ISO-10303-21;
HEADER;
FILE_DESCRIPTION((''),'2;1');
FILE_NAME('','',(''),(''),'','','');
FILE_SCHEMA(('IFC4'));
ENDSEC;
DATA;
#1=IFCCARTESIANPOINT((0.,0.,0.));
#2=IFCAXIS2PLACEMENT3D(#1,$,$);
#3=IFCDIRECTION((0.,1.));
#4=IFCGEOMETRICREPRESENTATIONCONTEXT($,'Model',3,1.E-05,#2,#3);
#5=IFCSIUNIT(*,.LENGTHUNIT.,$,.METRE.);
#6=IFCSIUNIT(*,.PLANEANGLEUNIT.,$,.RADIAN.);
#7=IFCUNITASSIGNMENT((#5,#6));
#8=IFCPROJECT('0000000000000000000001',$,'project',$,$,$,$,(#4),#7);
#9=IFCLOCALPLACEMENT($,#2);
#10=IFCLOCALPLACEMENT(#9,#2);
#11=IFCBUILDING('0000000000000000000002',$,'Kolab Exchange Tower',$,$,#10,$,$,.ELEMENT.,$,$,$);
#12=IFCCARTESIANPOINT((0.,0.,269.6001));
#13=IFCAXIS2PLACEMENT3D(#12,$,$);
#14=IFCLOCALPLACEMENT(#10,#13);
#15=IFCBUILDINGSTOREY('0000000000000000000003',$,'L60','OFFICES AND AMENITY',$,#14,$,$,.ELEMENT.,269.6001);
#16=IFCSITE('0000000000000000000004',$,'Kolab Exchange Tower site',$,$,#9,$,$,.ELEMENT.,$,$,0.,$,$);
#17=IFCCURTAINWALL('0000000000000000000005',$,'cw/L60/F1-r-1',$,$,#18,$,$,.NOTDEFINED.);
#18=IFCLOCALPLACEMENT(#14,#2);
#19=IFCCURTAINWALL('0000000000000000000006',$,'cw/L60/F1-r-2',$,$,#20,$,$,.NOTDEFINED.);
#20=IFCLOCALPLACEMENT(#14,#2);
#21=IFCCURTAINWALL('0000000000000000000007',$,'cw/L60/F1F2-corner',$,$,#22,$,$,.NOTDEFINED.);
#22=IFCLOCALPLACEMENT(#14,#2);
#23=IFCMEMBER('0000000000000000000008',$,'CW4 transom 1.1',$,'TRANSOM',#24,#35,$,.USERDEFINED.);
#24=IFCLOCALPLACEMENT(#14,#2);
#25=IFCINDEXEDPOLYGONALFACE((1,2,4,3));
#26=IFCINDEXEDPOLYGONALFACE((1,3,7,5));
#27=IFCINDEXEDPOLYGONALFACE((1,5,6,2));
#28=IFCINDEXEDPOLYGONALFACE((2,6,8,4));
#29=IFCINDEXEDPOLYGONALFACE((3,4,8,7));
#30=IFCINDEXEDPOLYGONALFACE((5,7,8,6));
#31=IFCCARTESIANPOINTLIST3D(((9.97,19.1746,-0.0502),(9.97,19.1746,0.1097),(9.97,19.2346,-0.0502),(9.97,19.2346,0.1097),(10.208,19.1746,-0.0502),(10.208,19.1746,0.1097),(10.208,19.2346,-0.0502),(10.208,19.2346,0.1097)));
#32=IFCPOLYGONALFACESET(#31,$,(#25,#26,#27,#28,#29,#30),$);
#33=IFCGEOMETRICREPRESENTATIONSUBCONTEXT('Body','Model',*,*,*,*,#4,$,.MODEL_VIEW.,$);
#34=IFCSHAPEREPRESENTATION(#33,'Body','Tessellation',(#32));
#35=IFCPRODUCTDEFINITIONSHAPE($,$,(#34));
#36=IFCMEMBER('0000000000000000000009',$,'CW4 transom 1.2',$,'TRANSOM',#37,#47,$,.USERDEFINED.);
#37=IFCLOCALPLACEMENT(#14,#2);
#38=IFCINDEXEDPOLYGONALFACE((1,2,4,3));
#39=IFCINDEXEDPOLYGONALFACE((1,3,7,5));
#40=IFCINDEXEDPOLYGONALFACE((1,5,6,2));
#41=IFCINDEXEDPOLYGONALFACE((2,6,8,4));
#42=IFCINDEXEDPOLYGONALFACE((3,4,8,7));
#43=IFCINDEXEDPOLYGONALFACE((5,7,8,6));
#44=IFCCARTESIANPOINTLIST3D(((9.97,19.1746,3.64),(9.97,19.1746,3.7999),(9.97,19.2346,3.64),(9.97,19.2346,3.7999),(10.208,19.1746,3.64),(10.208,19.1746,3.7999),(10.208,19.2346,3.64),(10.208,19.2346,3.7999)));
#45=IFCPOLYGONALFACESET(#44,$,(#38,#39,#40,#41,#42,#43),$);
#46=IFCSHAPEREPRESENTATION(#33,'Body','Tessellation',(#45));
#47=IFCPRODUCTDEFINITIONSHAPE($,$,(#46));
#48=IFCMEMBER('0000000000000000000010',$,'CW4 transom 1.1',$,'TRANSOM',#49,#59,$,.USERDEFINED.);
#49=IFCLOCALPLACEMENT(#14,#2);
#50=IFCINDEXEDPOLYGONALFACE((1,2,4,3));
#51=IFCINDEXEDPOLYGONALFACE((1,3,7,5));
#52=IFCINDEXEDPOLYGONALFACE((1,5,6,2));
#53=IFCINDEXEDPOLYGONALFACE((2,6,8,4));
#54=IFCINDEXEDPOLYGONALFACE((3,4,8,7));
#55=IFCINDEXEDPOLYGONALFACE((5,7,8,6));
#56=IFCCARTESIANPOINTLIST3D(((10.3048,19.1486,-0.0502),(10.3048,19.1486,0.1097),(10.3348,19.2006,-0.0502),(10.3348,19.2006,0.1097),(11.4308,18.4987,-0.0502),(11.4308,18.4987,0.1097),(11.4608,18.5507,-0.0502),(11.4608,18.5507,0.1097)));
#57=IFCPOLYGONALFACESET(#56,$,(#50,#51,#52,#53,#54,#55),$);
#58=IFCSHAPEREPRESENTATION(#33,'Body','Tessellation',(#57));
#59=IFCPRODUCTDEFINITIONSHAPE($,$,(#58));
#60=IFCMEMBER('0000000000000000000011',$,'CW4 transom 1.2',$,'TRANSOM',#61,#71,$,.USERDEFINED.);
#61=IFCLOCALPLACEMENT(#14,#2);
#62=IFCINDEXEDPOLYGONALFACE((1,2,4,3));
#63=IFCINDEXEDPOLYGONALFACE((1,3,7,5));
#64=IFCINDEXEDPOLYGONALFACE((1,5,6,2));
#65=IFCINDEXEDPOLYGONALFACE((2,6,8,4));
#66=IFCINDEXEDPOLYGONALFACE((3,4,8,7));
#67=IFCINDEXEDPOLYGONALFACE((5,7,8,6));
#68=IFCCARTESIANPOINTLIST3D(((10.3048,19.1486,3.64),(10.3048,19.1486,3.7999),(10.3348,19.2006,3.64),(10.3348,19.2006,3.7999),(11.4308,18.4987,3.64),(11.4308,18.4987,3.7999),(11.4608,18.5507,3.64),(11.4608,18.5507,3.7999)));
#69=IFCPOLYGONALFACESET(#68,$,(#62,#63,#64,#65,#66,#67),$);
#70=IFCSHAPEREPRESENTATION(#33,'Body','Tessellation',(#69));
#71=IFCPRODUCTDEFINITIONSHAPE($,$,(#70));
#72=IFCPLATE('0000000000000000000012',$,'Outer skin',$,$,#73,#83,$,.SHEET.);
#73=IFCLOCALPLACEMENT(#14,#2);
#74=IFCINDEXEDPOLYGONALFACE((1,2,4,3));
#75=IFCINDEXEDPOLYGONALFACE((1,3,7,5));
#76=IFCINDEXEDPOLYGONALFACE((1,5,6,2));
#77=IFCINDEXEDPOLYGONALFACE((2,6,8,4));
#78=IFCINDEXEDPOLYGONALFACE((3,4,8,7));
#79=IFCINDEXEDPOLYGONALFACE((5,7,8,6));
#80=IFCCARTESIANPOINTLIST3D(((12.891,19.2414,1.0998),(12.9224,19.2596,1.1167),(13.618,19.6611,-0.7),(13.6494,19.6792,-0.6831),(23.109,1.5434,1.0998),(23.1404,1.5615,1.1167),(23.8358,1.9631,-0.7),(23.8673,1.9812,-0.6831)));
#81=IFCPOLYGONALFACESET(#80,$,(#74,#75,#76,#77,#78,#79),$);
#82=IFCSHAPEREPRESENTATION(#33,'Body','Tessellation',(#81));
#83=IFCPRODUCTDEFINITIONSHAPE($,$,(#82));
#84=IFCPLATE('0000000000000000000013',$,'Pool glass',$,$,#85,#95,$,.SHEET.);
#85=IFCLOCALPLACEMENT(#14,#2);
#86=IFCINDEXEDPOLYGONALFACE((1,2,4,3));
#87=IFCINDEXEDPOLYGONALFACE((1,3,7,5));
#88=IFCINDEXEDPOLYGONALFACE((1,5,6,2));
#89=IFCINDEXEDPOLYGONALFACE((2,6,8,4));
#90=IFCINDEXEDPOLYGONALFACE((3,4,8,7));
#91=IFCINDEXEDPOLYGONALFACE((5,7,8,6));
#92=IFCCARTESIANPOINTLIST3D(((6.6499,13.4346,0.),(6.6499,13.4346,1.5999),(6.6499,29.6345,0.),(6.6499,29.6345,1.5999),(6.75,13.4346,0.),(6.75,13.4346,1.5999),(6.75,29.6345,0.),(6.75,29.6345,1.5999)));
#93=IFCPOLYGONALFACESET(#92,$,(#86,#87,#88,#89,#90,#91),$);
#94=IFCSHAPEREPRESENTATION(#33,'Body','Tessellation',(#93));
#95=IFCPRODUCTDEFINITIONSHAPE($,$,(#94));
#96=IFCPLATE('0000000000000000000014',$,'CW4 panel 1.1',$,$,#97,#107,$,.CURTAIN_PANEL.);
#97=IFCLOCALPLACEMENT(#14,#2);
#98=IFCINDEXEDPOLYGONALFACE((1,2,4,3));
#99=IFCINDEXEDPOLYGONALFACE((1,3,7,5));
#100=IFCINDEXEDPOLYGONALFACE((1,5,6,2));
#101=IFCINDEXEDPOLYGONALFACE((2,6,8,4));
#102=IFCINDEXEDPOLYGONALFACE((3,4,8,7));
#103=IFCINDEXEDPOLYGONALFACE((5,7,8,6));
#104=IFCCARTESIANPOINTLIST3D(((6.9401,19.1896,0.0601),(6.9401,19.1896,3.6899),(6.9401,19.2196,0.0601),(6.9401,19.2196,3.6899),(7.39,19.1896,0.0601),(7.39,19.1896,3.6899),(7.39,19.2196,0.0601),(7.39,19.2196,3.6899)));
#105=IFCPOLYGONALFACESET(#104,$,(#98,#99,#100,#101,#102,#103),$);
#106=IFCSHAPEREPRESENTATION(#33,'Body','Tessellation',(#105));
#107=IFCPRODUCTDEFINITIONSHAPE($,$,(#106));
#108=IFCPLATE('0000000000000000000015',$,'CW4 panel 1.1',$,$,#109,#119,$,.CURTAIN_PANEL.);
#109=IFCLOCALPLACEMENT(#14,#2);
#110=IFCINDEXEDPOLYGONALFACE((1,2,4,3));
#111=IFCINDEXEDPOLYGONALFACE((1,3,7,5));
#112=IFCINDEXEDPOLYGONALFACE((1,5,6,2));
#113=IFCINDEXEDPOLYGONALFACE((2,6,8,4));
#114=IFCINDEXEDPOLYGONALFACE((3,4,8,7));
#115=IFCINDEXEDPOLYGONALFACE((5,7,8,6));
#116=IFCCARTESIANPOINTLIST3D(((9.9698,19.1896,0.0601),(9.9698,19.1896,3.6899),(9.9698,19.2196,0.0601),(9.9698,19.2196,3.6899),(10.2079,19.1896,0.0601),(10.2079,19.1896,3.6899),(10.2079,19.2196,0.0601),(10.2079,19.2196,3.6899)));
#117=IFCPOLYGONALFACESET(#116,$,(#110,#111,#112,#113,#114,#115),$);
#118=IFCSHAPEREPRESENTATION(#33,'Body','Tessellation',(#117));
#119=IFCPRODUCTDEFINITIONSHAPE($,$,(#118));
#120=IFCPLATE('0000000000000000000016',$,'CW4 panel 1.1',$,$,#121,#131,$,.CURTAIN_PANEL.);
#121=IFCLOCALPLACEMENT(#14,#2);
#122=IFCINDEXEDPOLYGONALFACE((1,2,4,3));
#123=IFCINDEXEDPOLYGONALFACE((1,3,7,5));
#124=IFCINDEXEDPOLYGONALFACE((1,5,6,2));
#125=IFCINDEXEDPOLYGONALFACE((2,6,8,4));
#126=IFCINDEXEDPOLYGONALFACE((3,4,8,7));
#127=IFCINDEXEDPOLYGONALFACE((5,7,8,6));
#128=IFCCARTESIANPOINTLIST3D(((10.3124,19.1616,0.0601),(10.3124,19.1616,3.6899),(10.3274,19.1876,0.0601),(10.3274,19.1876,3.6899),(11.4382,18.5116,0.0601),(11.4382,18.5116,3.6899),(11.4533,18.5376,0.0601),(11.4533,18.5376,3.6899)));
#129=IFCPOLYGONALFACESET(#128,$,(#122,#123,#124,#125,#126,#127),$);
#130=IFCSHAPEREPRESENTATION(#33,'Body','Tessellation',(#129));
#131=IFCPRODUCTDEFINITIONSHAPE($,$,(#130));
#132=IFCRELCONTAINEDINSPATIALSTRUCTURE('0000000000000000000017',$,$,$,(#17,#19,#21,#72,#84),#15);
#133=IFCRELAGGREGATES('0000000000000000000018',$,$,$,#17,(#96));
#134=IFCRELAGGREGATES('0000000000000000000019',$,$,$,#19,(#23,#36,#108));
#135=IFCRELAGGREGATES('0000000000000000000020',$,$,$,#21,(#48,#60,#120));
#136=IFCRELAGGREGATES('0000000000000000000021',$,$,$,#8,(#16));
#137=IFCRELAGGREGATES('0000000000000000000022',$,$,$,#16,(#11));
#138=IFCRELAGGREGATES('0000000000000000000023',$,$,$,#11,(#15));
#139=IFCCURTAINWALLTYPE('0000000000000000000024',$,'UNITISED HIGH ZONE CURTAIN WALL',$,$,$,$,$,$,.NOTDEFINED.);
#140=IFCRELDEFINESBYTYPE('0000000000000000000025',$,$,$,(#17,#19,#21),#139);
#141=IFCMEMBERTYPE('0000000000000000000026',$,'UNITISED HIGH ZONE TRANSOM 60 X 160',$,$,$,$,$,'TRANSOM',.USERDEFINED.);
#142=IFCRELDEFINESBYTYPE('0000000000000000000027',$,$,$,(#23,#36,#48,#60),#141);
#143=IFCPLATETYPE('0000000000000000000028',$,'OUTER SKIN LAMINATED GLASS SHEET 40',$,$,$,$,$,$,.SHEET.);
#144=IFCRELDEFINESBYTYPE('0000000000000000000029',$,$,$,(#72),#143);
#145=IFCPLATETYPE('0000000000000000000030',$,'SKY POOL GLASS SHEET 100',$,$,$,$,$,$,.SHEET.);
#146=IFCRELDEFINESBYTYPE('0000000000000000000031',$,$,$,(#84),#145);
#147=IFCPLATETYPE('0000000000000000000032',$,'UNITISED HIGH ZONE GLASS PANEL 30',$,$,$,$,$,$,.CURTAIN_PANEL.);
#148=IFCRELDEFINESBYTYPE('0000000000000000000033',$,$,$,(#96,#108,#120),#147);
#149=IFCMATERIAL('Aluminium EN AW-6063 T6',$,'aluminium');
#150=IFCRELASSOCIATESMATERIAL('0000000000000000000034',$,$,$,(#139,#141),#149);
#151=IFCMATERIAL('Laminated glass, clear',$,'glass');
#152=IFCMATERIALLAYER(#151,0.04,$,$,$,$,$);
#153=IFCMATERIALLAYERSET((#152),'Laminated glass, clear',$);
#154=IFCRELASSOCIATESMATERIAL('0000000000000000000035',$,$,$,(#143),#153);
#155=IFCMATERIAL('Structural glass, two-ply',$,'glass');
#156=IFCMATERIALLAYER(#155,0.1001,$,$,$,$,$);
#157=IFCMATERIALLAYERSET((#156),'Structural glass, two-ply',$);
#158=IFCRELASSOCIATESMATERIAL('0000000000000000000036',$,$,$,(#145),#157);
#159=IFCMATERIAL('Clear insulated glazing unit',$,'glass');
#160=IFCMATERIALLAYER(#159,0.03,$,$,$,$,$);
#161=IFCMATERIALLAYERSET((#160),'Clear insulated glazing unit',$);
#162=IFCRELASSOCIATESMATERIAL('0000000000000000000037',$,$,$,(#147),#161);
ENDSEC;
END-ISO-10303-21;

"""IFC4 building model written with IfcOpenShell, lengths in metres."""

from ifc_helpers import new_model, si_unit, direction, frame, origin, origin_2d, place, context, subcontext, project, spatial, polyline, rectangle, outline, extrude, material, layer, layer_set, material_profile, profile_set, type_object, element, aggregate, save


model = new_model("IFC4")

# Units and contexts
model_context = context("Model", 3, precision=1e-05, world=origin(), true_north=direction((0.0, 1.0)))
body_context = subcontext(model_context, "Body", "Model", "MODEL_VIEW")
ifc_project = project(units=[si_unit("LENGTHUNIT", "METRE"), si_unit("PLANEANGLEUNIT", "RADIAN")], contexts=[model_context])

# Site, building, storey
site_placement = place(None, origin())
site = spatial("IfcSite", under=ifc_project, at=site_placement, Name="Kolab Exchange Tower site", CompositionType="ELEMENT", RefElevation=0.0)
building_placement = place(site_placement, origin())
building = spatial("IfcBuilding", under=site, at=building_placement, Name="Kolab Exchange Tower", CompositionType="ELEMENT")
storey_placement = place(building_placement, frame((0.0, 0.0, 269.6001)))
storey = spatial("IfcBuildingStorey", under=building, at=storey_placement, Name="L60", Description="OFFICES AND AMENITY", CompositionType="ELEMENT", Elevation=269.6001)

# Shared definitions
ifc_material_1 = material(Name="Aluminium EN AW-6063 T6", Category="aluminium")
curtain_wall_type = type_object("IfcCurtainWallType", Name="UNITISED HIGH ZONE CURTAIN WALL", PredefinedType="NOTDEFINED", material=ifc_material_1)

# Curtain walls
curtain_wall_1_placement = place(storey_placement, origin())
curtain_wall_1 = element("IfcCurtainWall", 1, at=curtain_wall_1_placement, inside=storey, type_object=curtain_wall_type, Name="cw/L60/F1-r-1", PredefinedType="NOTDEFINED")
curtain_wall_2_placement = place(storey_placement, origin())
curtain_wall_2 = element("IfcCurtainWall", 2, at=curtain_wall_2_placement, inside=storey, type_object=curtain_wall_type, Name="cw/L60/F1-r-2", PredefinedType="NOTDEFINED")
curtain_wall_3_placement = place(storey_placement, origin())
curtain_wall_3 = element("IfcCurtainWall", 3, at=curtain_wall_3_placement, inside=storey, type_object=curtain_wall_type, Name="cw/L60/F1F2-corner", PredefinedType="NOTDEFINED")

# Members
ifc_material_profile_1 = material_profile(ifc_material_1, rectangle(XDim=0.0601, YDim=0.1599, at=origin_2d()), Name="RECT 60X160")
ifc_profile_set_1 = profile_set([ifc_material_profile_1], Name="Aluminium EN AW-6063 T6")
member_type_1 = type_object("IfcMemberType", Name="UNITISED HIGH ZONE TRANSOM 60 X 160", ElementType="TRANSOM", PredefinedType="USERDEFINED", material=ifc_profile_set_1)
member_1_placement = place(storey_placement, frame((9.97, 19.2046, 0.0298), z_axis=(1.0, 0.0, 0.0), x_axis=(0.0, 1.0, 0.0)))
member_1 = element("IfcMember", 4, at=member_1_placement, type_object=member_type_1, Name="CW4 transom 1.1", ObjectType="TRANSOM", PredefinedType="USERDEFINED", context=body_context, shape_type="SweptSolid", body=[
    extrude(rectangle(XDim=0.0601, YDim=0.1599, at=origin_2d()), origin(), (0.0, 0.0, 1.0), 0.238),
])
member_2_placement = place(storey_placement, frame((9.97, 19.2046, 3.72), z_axis=(1.0, 0.0, 0.0), x_axis=(0.0, 1.0, 0.0)))
member_2 = element("IfcMember", 5, at=member_2_placement, type_object=member_type_1, Name="CW4 transom 1.2", ObjectType="TRANSOM", PredefinedType="USERDEFINED", context=body_context, shape_type="SweptSolid", body=[
    extrude(rectangle(XDim=0.0601, YDim=0.1599, at=origin_2d()), origin(), (0.0, 0.0, 1.0), 0.238),
])
member_3_placement = place(storey_placement, frame((10.3198, 19.1746, 0.0298), z_axis=(0.866086, -0.499896, 0.0), x_axis=(0.499896, 0.866086, 0.0)))
member_3 = element("IfcMember", 6, at=member_3_placement, type_object=member_type_1, Name="CW4 transom 1.1", ObjectType="TRANSOM", PredefinedType="USERDEFINED", context=body_context, shape_type="SweptSolid", body=[
    extrude(rectangle(XDim=0.0601, YDim=0.1599, at=origin_2d()), origin(), (0.0, 0.0, 1.0), 1.3),
])
member_4_placement = place(storey_placement, frame((10.3198, 19.1746, 3.72), z_axis=(0.866086, -0.499896, 0.0), x_axis=(0.499896, 0.866086, 0.0)))
member_4 = element("IfcMember", 7, at=member_4_placement, type_object=member_type_1, Name="CW4 transom 1.2", ObjectType="TRANSOM", PredefinedType="USERDEFINED", context=body_context, shape_type="SweptSolid", body=[
    extrude(rectangle(XDim=0.0601, YDim=0.1599, at=origin_2d()), origin(), (0.0, 0.0, 1.0), 1.3),
])

# Plates
ifc_material_2 = material(Name="Laminated glass, clear", Category="glass")
ifc_layer_1 = layer(ifc_material_2, 0.04)
ifc_layer_set_1 = layer_set([ifc_layer_1], Name="Laminated glass, clear")
plate_type_1 = type_object("IfcPlateType", Name="OUTER SKIN LAMINATED GLASS SHEET 40", PredefinedType="SHEET", material=ifc_layer_set_1)
plate_1_placement = place(storey_placement, frame((13.6494, 19.6792, -0.6831), z_axis=(0.784867, 0.453141, 0.422666), x_axis=(0.499997, -0.866027, 0.000002)))
element("IfcPlate", 8, at=plate_1_placement, inside=storey, type_object=plate_type_1, Name="Outer skin", PredefinedType="SHEET", context=body_context, shape_type="SweptSolid", body=[
    extrude(outline(polyline([(0.0, 0.0), (20.4358, 0.0), (20.4359, -1.9859), (-0.0001, -1.986), (0.0, 0.0)])), origin(), (0.0, 0.0, -1.0), 0.04),
])
ifc_material_3 = material(Name="Structural glass, two-ply", Category="glass")
ifc_layer_2 = layer(ifc_material_3, 0.1001)
ifc_layer_set_2 = layer_set([ifc_layer_2], Name="Structural glass, two-ply")
plate_type_2 = type_object("IfcPlateType", Name="SKY POOL GLASS SHEET 100", PredefinedType="SHEET", material=ifc_layer_set_2)
plate_2_placement = place(storey_placement, frame((6.6499, 29.6345, 0.0), z_axis=(-1.0, 0.0, 0.0), x_axis=(0.0, -1.0, 0.0)))
element("IfcPlate", 9, at=plate_2_placement, inside=storey, type_object=plate_type_2, Name="Pool glass", PredefinedType="SHEET", context=body_context, shape_type="SweptSolid", body=[
    extrude(outline(polyline([(0.0, 0.0), (16.2, 0.0), (16.2, 1.5999), (0.0, 1.5999), (0.0, 0.0)])), origin(), (0.0, 0.0, -1.0), 0.1001),
])

# Plates
ifc_material_4 = material(Name="Clear insulated glazing unit", Category="glass")
ifc_layer_3 = layer(ifc_material_4, 0.03)
ifc_layer_set_3 = layer_set([ifc_layer_3], Name="Clear insulated glazing unit")
plate_type_3 = type_object("IfcPlateType", Name="UNITISED HIGH ZONE GLASS PANEL 30", PredefinedType="CURTAIN_PANEL", material=ifc_layer_set_3)
plate_3_placement = place(storey_placement, frame((7.165, 19.2046, 0.0601), z_axis=(0.0, 0.0, 1.0), x_axis=(1.0, 0.0, 0.0)))
plate_3 = element("IfcPlate", 10, at=plate_3_placement, type_object=plate_type_3, Name="CW4 panel 1.1", PredefinedType="CURTAIN_PANEL", context=body_context, shape_type="SweptSolid", body=[
    extrude(rectangle(XDim=0.45, YDim=0.03, at=origin_2d()), origin(), (0.0, 0.0, 1.0), 3.6299),
])
aggregate(curtain_wall_1, [plate_3])
plate_4_placement = place(storey_placement, frame((10.0889, 19.2046, 0.0601), z_axis=(0.0, 0.0, 1.0), x_axis=(1.0, 0.0, 0.0)))
plate_4 = element("IfcPlate", 11, at=plate_4_placement, type_object=plate_type_3, Name="CW4 panel 1.1", PredefinedType="CURTAIN_PANEL", context=body_context, shape_type="SweptSolid", body=[
    extrude(rectangle(XDim=0.238, YDim=0.03, at=origin_2d()), origin(), (0.0, 0.0, 1.0), 3.6299),
])
aggregate(curtain_wall_2, [member_1, member_2, plate_4])
plate_5_placement = place(storey_placement, frame((10.8828, 18.8496, 0.0601), z_axis=(0.0, 0.0, 1.0), x_axis=(0.866025, -0.5, 0.0)))
plate_5 = element("IfcPlate", 12, at=plate_5_placement, type_object=plate_type_3, Name="CW4 panel 1.1", PredefinedType="CURTAIN_PANEL", context=body_context, shape_type="SweptSolid", body=[
    extrude(rectangle(XDim=1.3, YDim=0.03, at=origin_2d()), origin(), (0.0, 0.0, 1.0), 3.6299),
])
aggregate(curtain_wall_3, [member_3, member_4, plate_5])

save(model, "model.ifc")
